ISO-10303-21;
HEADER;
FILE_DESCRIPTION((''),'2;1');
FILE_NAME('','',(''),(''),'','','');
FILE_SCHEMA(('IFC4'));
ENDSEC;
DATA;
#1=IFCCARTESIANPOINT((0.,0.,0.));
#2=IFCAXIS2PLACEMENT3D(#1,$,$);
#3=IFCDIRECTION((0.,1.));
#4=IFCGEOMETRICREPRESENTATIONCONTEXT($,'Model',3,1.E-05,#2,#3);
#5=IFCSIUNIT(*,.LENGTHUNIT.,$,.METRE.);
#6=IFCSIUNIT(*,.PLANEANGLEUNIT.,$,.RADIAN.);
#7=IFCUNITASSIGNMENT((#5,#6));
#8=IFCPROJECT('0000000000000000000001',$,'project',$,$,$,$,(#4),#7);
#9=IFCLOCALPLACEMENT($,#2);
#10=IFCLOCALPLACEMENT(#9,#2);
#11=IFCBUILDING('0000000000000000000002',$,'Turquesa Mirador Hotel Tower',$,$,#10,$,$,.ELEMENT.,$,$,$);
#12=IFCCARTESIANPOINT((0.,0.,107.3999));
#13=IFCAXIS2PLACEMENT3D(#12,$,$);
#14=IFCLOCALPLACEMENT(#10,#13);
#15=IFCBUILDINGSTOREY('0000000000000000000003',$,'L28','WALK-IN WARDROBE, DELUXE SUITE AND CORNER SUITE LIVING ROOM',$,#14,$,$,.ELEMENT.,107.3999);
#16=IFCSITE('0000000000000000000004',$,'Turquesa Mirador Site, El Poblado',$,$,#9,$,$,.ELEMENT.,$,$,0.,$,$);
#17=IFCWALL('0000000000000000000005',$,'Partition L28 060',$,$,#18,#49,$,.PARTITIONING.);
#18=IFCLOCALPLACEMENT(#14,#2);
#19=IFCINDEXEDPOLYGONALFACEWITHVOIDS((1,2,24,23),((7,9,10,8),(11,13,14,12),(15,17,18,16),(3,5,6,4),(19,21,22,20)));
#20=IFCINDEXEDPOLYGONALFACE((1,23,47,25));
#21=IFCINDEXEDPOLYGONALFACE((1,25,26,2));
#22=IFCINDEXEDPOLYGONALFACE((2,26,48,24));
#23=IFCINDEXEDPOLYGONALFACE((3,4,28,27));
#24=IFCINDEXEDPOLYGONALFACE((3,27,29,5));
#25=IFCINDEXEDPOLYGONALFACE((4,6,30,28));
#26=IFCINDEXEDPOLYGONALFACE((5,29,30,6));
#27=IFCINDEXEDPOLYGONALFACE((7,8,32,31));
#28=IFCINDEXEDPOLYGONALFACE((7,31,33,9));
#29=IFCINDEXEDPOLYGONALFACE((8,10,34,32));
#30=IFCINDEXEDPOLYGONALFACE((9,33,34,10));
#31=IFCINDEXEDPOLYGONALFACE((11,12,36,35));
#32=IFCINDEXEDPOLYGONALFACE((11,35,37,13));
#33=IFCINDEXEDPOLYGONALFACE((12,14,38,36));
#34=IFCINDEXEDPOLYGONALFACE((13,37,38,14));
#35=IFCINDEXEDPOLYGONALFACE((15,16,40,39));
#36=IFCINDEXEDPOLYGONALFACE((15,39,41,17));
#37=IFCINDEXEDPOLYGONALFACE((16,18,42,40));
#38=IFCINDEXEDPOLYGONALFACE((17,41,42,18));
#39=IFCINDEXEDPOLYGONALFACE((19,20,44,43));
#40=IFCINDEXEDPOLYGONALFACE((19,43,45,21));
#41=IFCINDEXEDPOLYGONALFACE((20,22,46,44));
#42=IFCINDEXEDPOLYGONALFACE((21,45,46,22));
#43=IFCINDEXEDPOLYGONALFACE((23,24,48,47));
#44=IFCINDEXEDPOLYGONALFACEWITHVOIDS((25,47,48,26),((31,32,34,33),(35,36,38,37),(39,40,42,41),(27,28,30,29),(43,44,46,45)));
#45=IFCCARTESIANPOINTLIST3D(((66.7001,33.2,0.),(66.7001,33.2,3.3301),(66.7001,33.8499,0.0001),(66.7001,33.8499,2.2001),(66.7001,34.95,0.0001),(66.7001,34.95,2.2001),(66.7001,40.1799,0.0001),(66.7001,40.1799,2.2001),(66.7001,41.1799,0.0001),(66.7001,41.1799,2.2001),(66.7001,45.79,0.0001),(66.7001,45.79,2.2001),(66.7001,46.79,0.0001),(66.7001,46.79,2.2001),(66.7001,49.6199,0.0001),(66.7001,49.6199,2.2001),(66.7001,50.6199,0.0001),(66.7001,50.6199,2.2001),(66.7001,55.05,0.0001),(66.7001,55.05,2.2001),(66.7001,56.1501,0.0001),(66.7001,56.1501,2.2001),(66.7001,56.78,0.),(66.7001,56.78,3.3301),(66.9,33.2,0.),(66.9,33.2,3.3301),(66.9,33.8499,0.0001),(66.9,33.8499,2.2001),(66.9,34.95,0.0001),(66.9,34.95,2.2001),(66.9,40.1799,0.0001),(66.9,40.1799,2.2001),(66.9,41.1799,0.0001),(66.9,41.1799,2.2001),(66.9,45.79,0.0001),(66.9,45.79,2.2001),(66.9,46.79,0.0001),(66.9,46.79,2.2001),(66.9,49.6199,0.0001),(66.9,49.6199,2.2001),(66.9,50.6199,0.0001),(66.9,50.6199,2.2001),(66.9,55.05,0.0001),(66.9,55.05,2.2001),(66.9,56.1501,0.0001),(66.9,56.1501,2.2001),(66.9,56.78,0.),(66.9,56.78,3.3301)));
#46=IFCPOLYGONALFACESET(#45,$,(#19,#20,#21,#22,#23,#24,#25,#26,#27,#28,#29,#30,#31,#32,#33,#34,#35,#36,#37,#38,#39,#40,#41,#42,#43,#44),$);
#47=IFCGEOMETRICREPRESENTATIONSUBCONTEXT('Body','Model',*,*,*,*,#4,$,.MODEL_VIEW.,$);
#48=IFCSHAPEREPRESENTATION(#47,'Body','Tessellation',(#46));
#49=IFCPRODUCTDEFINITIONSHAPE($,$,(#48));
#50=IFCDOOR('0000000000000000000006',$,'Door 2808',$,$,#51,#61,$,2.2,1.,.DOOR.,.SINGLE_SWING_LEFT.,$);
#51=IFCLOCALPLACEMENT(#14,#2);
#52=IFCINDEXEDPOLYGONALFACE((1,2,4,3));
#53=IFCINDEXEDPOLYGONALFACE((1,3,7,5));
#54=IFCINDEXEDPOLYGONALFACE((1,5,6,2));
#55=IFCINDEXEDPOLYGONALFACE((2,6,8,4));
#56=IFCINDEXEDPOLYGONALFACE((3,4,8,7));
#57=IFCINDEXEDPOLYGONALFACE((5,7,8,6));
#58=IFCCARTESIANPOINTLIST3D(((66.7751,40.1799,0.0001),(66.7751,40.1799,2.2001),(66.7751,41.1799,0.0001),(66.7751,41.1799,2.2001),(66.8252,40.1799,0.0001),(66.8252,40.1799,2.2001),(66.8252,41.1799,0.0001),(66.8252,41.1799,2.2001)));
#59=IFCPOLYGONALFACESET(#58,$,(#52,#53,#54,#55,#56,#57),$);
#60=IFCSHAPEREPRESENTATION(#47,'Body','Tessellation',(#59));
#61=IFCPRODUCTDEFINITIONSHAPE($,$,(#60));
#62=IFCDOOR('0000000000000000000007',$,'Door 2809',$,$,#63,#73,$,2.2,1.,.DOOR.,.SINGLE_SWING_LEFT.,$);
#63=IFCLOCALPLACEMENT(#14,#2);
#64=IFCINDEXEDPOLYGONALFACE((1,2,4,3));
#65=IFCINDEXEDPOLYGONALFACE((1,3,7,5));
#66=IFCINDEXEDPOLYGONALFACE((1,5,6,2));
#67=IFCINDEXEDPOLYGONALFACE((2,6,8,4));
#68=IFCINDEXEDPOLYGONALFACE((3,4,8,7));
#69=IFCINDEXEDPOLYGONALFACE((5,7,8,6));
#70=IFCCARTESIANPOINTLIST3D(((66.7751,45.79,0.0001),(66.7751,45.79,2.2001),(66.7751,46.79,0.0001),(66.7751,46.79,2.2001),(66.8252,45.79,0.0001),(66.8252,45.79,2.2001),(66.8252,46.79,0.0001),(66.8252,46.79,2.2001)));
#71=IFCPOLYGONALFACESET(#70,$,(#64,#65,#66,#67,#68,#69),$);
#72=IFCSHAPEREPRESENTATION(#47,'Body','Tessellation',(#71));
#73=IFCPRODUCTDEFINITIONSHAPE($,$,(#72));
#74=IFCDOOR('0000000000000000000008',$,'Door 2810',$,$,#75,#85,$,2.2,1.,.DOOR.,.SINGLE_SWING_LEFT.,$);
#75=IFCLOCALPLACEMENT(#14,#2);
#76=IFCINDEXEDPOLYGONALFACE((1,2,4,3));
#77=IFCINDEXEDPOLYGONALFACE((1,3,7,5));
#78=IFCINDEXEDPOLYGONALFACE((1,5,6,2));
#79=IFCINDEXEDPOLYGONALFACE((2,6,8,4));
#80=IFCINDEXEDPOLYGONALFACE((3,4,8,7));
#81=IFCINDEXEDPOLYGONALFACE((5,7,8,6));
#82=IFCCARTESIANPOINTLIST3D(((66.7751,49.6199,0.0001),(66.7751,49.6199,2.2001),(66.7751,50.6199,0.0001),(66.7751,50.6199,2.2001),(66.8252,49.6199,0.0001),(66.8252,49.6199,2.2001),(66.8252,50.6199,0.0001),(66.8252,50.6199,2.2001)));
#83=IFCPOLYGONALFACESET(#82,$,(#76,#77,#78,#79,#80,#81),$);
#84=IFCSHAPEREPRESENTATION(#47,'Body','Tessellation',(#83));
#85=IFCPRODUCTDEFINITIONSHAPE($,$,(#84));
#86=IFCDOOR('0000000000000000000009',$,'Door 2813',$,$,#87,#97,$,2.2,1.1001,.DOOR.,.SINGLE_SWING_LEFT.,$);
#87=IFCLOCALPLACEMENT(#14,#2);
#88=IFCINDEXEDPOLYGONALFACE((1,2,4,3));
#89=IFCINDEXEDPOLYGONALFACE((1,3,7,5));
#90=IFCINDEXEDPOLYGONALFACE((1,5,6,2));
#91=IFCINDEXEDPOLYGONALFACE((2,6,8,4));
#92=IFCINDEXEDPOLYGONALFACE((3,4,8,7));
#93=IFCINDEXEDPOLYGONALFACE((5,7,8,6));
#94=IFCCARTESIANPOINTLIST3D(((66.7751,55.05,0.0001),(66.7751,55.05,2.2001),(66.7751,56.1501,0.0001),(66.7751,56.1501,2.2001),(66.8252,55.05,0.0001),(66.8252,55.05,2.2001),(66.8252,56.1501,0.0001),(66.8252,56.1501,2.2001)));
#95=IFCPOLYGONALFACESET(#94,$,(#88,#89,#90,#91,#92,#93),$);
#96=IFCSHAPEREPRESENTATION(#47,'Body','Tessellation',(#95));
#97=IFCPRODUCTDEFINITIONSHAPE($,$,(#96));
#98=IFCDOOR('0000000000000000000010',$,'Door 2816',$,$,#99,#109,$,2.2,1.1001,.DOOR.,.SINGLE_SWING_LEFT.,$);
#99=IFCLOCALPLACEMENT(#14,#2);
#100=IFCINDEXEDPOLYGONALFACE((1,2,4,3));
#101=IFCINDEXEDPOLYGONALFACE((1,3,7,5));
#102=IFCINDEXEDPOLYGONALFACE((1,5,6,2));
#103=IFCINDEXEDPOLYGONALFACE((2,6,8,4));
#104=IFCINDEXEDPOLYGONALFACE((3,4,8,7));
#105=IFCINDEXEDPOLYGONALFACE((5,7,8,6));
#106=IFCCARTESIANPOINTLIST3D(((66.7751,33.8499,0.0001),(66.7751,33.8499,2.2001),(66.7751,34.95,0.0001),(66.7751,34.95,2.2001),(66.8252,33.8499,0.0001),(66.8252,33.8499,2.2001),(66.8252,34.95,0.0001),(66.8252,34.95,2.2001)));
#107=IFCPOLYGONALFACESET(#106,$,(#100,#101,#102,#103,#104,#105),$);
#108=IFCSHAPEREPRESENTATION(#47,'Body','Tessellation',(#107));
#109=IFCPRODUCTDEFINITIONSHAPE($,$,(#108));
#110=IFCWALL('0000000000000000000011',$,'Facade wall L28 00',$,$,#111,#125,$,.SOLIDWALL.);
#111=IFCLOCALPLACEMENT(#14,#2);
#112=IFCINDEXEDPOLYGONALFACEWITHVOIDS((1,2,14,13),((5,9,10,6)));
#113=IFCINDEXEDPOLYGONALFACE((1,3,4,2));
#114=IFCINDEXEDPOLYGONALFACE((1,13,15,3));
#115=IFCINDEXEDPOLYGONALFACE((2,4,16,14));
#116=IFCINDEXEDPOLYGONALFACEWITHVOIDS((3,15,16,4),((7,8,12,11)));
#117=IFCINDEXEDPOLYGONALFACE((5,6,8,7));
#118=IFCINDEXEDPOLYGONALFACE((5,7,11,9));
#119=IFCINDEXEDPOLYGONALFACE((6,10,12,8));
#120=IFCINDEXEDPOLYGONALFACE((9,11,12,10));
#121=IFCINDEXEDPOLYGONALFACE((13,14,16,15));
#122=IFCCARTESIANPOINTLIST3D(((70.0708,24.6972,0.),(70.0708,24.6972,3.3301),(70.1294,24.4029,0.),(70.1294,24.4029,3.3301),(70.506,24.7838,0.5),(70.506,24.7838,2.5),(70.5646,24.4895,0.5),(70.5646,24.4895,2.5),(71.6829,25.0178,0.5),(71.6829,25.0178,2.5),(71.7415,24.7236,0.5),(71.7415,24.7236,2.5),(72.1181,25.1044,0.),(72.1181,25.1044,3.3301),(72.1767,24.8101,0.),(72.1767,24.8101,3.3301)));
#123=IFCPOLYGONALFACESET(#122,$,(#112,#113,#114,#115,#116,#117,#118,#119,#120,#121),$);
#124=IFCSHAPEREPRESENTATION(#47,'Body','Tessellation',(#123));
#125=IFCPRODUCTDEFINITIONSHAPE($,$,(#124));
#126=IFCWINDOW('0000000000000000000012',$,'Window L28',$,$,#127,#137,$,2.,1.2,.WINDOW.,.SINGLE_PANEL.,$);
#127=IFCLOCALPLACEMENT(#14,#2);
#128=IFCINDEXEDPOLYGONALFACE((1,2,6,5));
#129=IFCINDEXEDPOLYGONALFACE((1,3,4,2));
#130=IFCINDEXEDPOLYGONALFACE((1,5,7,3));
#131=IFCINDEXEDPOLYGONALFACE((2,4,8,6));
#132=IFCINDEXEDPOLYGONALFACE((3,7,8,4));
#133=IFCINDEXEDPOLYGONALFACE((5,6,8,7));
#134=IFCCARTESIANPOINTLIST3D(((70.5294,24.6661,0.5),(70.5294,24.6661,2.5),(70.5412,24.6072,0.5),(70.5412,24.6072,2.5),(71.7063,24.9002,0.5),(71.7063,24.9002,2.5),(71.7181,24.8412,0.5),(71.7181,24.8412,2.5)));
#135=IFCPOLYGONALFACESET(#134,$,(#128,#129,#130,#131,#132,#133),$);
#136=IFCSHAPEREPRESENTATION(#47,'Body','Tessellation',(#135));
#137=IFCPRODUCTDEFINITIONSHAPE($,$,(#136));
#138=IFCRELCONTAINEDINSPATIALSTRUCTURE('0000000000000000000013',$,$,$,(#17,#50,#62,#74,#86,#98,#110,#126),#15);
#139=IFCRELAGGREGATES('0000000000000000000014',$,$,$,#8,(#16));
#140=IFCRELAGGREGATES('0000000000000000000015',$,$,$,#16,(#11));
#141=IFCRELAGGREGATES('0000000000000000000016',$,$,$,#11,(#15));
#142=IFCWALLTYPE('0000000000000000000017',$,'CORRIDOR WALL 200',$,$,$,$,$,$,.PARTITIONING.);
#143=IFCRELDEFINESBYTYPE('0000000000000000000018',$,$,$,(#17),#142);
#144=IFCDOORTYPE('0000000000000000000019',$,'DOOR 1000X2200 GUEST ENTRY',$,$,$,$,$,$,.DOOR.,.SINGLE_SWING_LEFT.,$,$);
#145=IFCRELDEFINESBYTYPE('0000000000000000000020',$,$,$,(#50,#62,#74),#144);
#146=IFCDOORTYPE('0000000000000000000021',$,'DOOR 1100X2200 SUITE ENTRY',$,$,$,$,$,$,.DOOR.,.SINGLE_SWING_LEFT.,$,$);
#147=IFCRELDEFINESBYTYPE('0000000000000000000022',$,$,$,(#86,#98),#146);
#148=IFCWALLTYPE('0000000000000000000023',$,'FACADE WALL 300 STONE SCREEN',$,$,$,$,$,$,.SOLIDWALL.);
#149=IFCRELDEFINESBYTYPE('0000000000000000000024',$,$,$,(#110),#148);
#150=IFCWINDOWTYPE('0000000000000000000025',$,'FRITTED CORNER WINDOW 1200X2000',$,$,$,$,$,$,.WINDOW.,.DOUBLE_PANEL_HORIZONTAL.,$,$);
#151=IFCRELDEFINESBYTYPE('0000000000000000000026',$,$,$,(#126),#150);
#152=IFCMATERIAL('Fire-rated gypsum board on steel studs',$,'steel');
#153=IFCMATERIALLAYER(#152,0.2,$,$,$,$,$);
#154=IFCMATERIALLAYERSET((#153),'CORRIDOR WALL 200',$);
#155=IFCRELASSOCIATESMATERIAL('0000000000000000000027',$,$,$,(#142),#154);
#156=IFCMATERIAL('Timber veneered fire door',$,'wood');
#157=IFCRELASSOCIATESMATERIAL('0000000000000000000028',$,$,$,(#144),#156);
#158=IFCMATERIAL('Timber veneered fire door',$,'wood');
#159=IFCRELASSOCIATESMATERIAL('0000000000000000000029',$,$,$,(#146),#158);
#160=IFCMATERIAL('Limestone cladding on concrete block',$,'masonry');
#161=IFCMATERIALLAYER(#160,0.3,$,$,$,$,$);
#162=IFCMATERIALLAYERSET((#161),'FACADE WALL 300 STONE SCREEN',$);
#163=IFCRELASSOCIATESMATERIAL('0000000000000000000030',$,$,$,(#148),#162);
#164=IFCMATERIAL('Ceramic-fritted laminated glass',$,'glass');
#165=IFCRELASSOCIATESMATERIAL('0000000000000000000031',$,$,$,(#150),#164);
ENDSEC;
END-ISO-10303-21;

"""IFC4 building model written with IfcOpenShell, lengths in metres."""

from ifc_helpers import new_model, si_unit, direction, frame, frame_2d, origin, place, context, subcontext, project, spatial, rectangle, extrude, material, layer, layer_set, type_object, element, fill, save


model = new_model("IFC4")

# Units and contexts
model_context = context("Model", 3, precision=1e-05, world=origin(), true_north=direction((0.0, 1.0)))
body_context = subcontext(model_context, "Body", "Model", "MODEL_VIEW")
ifc_project = project(units=[si_unit("LENGTHUNIT", "METRE"), si_unit("PLANEANGLEUNIT", "RADIAN")], contexts=[model_context])

# Site, building, storey
site_placement = place(None, origin())
site = spatial("IfcSite", under=ifc_project, at=site_placement, Name="Turquesa Mirador Site, El Poblado", CompositionType="ELEMENT", RefElevation=0.0)
building_placement = place(site_placement, origin())
building = spatial("IfcBuilding", under=site, at=building_placement, Name="Turquesa Mirador Hotel Tower", CompositionType="ELEMENT")
storey_placement = place(building_placement, frame((0.0, 0.0, 107.3999)))
storey = spatial("IfcBuildingStorey", under=building, at=storey_placement, Name="L28", Description="WALK-IN WARDROBE, DELUXE SUITE AND CORNER SUITE LIVING ROOM", CompositionType="ELEMENT", Elevation=107.3999)

# Wall, openings, doors
ifc_material_1 = material(Name="Fire-rated gypsum board on steel studs", Category="steel")
ifc_layer_1 = layer(ifc_material_1, 0.2)
ifc_layer_set_1 = layer_set([ifc_layer_1], Name="CORRIDOR WALL 200")
wall_type_1 = type_object("IfcWallType", Name="CORRIDOR WALL 200", PredefinedType="PARTITIONING", material=ifc_layer_set_1)
wall_1_placement = place(storey_placement, frame((66.8, 33.2, 0.0), z_axis=(0.0, 0.0, 1.0), x_axis=(0.0, 1.0, 0.0)))
wall_1 = element("IfcWall", 1, at=wall_1_placement, inside=storey, type_object=wall_type_1, Name="Partition L28 060", PredefinedType="PARTITIONING", context=body_context, shape_type="SweptSolid", body=[
    extrude(rectangle(XDim=23.5801, YDim=0.2, at=frame_2d((11.79, 0.0))), origin(), (0.0, 0.0, 1.0), 3.3301),
])
opening_1_placement = place(wall_1_placement, frame((6.98, 0.0, 0.0)))
opening_1 = element("IfcOpeningElement", 2, at=opening_1_placement, cuts=wall_1, PredefinedType="OPENING", context=body_context, shape_type="SweptSolid", body=[
    extrude(rectangle(XDim=1.0, YDim=2.2, at=frame_2d((0.5, 1.1001))), frame((0.0, 0.1099, 0.0), z_axis=(0.0, -1.0, 0.0), x_axis=(1.0, 0.0, 0.0)), (0.0, 0.0, 1.0), 0.22),
])
opening_2_placement = place(wall_1_placement, frame((12.5901, 0.0, 0.0)))
opening_2 = element("IfcOpeningElement", 3, at=opening_2_placement, cuts=wall_1, PredefinedType="OPENING", context=body_context, shape_type="SweptSolid", body=[
    extrude(rectangle(XDim=1.0, YDim=2.2, at=frame_2d((0.5, 1.1001))), frame((0.0, 0.1099, 0.0), z_axis=(0.0, -1.0, 0.0), x_axis=(1.0, 0.0, 0.0)), (0.0, 0.0, 1.0), 0.22),
])
opening_3_placement = place(wall_1_placement, frame((16.4199, 0.0, 0.0)))
opening_3 = element("IfcOpeningElement", 4, at=opening_3_placement, cuts=wall_1, PredefinedType="OPENING", context=body_context, shape_type="SweptSolid", body=[
    extrude(rectangle(XDim=1.0, YDim=2.2, at=frame_2d((0.5, 1.1001))), frame((0.0, 0.1099, 0.0), z_axis=(0.0, -1.0, 0.0), x_axis=(1.0, 0.0, 0.0)), (0.0, 0.0, 1.0), 0.22),
])
opening_4_placement = place(wall_1_placement, frame((21.8501, 0.0, 0.0)))
opening_4 = element("IfcOpeningElement", 5, at=opening_4_placement, cuts=wall_1, PredefinedType="OPENING", context=body_context, shape_type="SweptSolid", body=[
    extrude(rectangle(XDim=1.1001, YDim=2.2, at=frame_2d((0.55, 1.1001))), frame((0.0, 0.1099, 0.0), z_axis=(0.0, -1.0, 0.0), x_axis=(1.0, 0.0, 0.0)), (0.0, 0.0, 1.0), 0.22),
])
opening_5_placement = place(wall_1_placement, frame((0.6499, 0.0, 0.0)))
opening_5 = element("IfcOpeningElement", 6, at=opening_5_placement, cuts=wall_1, PredefinedType="OPENING", context=body_context, shape_type="SweptSolid", body=[
    extrude(rectangle(XDim=1.1001, YDim=2.2, at=frame_2d((0.55, 1.1001))), frame((0.0, 0.1099, 0.0), z_axis=(0.0, -1.0, 0.0), x_axis=(1.0, 0.0, 0.0)), (0.0, 0.0, 1.0), 0.22),
])
ifc_material_2 = material(Name="Timber veneered fire door", Category="wood")
door_type_1 = type_object("IfcDoorType", Name="DOOR 1000X2200 GUEST ENTRY", OperationType="SINGLE_SWING_LEFT", PredefinedType="DOOR", material=ifc_material_2)
door_1_placement = place(opening_1_placement, origin())
door_1 = element("IfcDoor", 7, at=door_1_placement, inside=storey, type_object=door_type_1, Name="Door 2808", OperationType="SINGLE_SWING_LEFT", OverallHeight=2.2, OverallWidth=1.0, PredefinedType="DOOR", context=body_context, shape_type="SweptSolid", body=[
    extrude(rectangle(XDim=1.0, YDim=2.2, at=frame_2d((0.5, 1.1001))), frame((0.0, 0.0249, 0.0), z_axis=(0.0, -1.0, 0.0), x_axis=(1.0, 0.0, 0.0)), (0.0, 0.0, 1.0), 0.05),
])
fill(opening_1, door_1)
door_2_placement = place(opening_2_placement, origin())
door_2 = element("IfcDoor", 8, at=door_2_placement, inside=storey, type_object=door_type_1, Name="Door 2809", OperationType="SINGLE_SWING_LEFT", OverallHeight=2.2, OverallWidth=1.0, PredefinedType="DOOR", context=body_context, shape_type="SweptSolid", body=[
    extrude(rectangle(XDim=1.0, YDim=2.2, at=frame_2d((0.5, 1.1001))), frame((0.0, 0.0249, 0.0), z_axis=(0.0, -1.0, 0.0), x_axis=(1.0, 0.0, 0.0)), (0.0, 0.0, 1.0), 0.05),
])
fill(opening_2, door_2)
door_3_placement = place(opening_3_placement, origin())
door_3 = element("IfcDoor", 9, at=door_3_placement, inside=storey, type_object=door_type_1, Name="Door 2810", OperationType="SINGLE_SWING_LEFT", OverallHeight=2.2, OverallWidth=1.0, PredefinedType="DOOR", context=body_context, shape_type="SweptSolid", body=[
    extrude(rectangle(XDim=1.0, YDim=2.2, at=frame_2d((0.5, 1.1001))), frame((0.0, 0.0249, 0.0), z_axis=(0.0, -1.0, 0.0), x_axis=(1.0, 0.0, 0.0)), (0.0, 0.0, 1.0), 0.05),
])
fill(opening_3, door_3)
ifc_material_3 = material(Name="Timber veneered fire door", Category="wood")
door_type_2 = type_object("IfcDoorType", Name="DOOR 1100X2200 SUITE ENTRY", OperationType="SINGLE_SWING_LEFT", PredefinedType="DOOR", material=ifc_material_3)
door_4_placement = place(opening_4_placement, origin())
door_4 = element("IfcDoor", 10, at=door_4_placement, inside=storey, type_object=door_type_2, Name="Door 2813", OperationType="SINGLE_SWING_LEFT", OverallHeight=2.2, OverallWidth=1.1001, PredefinedType="DOOR", context=body_context, shape_type="SweptSolid", body=[
    extrude(rectangle(XDim=1.1001, YDim=2.2, at=frame_2d((0.55, 1.1001))), frame((0.0, 0.0249, 0.0), z_axis=(0.0, -1.0, 0.0), x_axis=(1.0, 0.0, 0.0)), (0.0, 0.0, 1.0), 0.05),
])
fill(opening_4, door_4)
door_5_placement = place(opening_5_placement, origin())
door_5 = element("IfcDoor", 11, at=door_5_placement, inside=storey, type_object=door_type_2, Name="Door 2816", OperationType="SINGLE_SWING_LEFT", OverallHeight=2.2, OverallWidth=1.1001, PredefinedType="DOOR", context=body_context, shape_type="SweptSolid", body=[
    extrude(rectangle(XDim=1.1001, YDim=2.2, at=frame_2d((0.55, 1.1001))), frame((0.0, 0.0249, 0.0), z_axis=(0.0, -1.0, 0.0), x_axis=(1.0, 0.0, 0.0)), (0.0, 0.0, 1.0), 0.05),
])
fill(opening_5, door_5)

# Wall, opening, window
ifc_material_4 = material(Name="Limestone cladding on concrete block", Category="masonry")
ifc_layer_2 = layer(ifc_material_4, 0.3)
ifc_layer_set_2 = layer_set([ifc_layer_2], Name="FACADE WALL 300 STONE SCREEN")
wall_type_2 = type_object("IfcWallType", Name="FACADE WALL 300 STONE SCREEN", PredefinedType="SOLIDWALL", material=ifc_layer_set_2)
wall_2_placement = place(storey_placement, frame((70.1001, 24.55, 0.0), z_axis=(0.0, 0.0, 1.0), x_axis=(0.980787, 0.195081, 0.0)))
wall_2 = element("IfcWall", 12, at=wall_2_placement, inside=storey, type_object=wall_type_2, Name="Facade wall L28 00", PredefinedType="SOLIDWALL", context=body_context, shape_type="SweptSolid", body=[
    extrude(rectangle(XDim=2.0874, YDim=0.3, at=frame_2d((1.0437, 0.0))), origin(), (0.0, 0.0, 1.0), 3.3301),
])
opening_6_placement = place(wall_2_placement, frame((0.4436, 0.0, 0.5)))
opening_6 = element("IfcOpeningElement", 13, at=opening_6_placement, cuts=wall_2, PredefinedType="OPENING", context=body_context, shape_type="SweptSolid", body=[
    extrude(rectangle(XDim=1.2, YDim=2.0, at=frame_2d((0.6001, 1.0))), frame((0.0, 0.1599, 0.0), z_axis=(0.0, -1.0, 0.0), x_axis=(1.0, 0.0, 0.0)), (0.0, 0.0, 1.0), 0.3201),
])
ifc_material_5 = material(Name="Ceramic-fritted laminated glass", Category="glass")
window_type = type_object("IfcWindowType", Name="FRITTED CORNER WINDOW 1200X2000", PartitioningType="DOUBLE_PANEL_HORIZONTAL", PredefinedType="WINDOW", material=ifc_material_5)
window_1_placement = place(opening_6_placement, origin())
window_1 = element("IfcWindow", 14, at=window_1_placement, inside=storey, type_object=window_type, Name="Window L28", OverallHeight=2.0, OverallWidth=1.2, PartitioningType="SINGLE_PANEL", PredefinedType="WINDOW", context=body_context, shape_type="SweptSolid", body=[
    extrude(rectangle(XDim=1.2, YDim=2.0, at=frame_2d((0.6001, 1.0))), frame((0.0, 0.03, 0.0), z_axis=(0.0, -1.0, 0.0), x_axis=(1.0, 0.0, 0.0)), (0.0, 0.0, 1.0), 0.0601),
])
fill(opening_6, window_1)

save(model, "model.ifc")
